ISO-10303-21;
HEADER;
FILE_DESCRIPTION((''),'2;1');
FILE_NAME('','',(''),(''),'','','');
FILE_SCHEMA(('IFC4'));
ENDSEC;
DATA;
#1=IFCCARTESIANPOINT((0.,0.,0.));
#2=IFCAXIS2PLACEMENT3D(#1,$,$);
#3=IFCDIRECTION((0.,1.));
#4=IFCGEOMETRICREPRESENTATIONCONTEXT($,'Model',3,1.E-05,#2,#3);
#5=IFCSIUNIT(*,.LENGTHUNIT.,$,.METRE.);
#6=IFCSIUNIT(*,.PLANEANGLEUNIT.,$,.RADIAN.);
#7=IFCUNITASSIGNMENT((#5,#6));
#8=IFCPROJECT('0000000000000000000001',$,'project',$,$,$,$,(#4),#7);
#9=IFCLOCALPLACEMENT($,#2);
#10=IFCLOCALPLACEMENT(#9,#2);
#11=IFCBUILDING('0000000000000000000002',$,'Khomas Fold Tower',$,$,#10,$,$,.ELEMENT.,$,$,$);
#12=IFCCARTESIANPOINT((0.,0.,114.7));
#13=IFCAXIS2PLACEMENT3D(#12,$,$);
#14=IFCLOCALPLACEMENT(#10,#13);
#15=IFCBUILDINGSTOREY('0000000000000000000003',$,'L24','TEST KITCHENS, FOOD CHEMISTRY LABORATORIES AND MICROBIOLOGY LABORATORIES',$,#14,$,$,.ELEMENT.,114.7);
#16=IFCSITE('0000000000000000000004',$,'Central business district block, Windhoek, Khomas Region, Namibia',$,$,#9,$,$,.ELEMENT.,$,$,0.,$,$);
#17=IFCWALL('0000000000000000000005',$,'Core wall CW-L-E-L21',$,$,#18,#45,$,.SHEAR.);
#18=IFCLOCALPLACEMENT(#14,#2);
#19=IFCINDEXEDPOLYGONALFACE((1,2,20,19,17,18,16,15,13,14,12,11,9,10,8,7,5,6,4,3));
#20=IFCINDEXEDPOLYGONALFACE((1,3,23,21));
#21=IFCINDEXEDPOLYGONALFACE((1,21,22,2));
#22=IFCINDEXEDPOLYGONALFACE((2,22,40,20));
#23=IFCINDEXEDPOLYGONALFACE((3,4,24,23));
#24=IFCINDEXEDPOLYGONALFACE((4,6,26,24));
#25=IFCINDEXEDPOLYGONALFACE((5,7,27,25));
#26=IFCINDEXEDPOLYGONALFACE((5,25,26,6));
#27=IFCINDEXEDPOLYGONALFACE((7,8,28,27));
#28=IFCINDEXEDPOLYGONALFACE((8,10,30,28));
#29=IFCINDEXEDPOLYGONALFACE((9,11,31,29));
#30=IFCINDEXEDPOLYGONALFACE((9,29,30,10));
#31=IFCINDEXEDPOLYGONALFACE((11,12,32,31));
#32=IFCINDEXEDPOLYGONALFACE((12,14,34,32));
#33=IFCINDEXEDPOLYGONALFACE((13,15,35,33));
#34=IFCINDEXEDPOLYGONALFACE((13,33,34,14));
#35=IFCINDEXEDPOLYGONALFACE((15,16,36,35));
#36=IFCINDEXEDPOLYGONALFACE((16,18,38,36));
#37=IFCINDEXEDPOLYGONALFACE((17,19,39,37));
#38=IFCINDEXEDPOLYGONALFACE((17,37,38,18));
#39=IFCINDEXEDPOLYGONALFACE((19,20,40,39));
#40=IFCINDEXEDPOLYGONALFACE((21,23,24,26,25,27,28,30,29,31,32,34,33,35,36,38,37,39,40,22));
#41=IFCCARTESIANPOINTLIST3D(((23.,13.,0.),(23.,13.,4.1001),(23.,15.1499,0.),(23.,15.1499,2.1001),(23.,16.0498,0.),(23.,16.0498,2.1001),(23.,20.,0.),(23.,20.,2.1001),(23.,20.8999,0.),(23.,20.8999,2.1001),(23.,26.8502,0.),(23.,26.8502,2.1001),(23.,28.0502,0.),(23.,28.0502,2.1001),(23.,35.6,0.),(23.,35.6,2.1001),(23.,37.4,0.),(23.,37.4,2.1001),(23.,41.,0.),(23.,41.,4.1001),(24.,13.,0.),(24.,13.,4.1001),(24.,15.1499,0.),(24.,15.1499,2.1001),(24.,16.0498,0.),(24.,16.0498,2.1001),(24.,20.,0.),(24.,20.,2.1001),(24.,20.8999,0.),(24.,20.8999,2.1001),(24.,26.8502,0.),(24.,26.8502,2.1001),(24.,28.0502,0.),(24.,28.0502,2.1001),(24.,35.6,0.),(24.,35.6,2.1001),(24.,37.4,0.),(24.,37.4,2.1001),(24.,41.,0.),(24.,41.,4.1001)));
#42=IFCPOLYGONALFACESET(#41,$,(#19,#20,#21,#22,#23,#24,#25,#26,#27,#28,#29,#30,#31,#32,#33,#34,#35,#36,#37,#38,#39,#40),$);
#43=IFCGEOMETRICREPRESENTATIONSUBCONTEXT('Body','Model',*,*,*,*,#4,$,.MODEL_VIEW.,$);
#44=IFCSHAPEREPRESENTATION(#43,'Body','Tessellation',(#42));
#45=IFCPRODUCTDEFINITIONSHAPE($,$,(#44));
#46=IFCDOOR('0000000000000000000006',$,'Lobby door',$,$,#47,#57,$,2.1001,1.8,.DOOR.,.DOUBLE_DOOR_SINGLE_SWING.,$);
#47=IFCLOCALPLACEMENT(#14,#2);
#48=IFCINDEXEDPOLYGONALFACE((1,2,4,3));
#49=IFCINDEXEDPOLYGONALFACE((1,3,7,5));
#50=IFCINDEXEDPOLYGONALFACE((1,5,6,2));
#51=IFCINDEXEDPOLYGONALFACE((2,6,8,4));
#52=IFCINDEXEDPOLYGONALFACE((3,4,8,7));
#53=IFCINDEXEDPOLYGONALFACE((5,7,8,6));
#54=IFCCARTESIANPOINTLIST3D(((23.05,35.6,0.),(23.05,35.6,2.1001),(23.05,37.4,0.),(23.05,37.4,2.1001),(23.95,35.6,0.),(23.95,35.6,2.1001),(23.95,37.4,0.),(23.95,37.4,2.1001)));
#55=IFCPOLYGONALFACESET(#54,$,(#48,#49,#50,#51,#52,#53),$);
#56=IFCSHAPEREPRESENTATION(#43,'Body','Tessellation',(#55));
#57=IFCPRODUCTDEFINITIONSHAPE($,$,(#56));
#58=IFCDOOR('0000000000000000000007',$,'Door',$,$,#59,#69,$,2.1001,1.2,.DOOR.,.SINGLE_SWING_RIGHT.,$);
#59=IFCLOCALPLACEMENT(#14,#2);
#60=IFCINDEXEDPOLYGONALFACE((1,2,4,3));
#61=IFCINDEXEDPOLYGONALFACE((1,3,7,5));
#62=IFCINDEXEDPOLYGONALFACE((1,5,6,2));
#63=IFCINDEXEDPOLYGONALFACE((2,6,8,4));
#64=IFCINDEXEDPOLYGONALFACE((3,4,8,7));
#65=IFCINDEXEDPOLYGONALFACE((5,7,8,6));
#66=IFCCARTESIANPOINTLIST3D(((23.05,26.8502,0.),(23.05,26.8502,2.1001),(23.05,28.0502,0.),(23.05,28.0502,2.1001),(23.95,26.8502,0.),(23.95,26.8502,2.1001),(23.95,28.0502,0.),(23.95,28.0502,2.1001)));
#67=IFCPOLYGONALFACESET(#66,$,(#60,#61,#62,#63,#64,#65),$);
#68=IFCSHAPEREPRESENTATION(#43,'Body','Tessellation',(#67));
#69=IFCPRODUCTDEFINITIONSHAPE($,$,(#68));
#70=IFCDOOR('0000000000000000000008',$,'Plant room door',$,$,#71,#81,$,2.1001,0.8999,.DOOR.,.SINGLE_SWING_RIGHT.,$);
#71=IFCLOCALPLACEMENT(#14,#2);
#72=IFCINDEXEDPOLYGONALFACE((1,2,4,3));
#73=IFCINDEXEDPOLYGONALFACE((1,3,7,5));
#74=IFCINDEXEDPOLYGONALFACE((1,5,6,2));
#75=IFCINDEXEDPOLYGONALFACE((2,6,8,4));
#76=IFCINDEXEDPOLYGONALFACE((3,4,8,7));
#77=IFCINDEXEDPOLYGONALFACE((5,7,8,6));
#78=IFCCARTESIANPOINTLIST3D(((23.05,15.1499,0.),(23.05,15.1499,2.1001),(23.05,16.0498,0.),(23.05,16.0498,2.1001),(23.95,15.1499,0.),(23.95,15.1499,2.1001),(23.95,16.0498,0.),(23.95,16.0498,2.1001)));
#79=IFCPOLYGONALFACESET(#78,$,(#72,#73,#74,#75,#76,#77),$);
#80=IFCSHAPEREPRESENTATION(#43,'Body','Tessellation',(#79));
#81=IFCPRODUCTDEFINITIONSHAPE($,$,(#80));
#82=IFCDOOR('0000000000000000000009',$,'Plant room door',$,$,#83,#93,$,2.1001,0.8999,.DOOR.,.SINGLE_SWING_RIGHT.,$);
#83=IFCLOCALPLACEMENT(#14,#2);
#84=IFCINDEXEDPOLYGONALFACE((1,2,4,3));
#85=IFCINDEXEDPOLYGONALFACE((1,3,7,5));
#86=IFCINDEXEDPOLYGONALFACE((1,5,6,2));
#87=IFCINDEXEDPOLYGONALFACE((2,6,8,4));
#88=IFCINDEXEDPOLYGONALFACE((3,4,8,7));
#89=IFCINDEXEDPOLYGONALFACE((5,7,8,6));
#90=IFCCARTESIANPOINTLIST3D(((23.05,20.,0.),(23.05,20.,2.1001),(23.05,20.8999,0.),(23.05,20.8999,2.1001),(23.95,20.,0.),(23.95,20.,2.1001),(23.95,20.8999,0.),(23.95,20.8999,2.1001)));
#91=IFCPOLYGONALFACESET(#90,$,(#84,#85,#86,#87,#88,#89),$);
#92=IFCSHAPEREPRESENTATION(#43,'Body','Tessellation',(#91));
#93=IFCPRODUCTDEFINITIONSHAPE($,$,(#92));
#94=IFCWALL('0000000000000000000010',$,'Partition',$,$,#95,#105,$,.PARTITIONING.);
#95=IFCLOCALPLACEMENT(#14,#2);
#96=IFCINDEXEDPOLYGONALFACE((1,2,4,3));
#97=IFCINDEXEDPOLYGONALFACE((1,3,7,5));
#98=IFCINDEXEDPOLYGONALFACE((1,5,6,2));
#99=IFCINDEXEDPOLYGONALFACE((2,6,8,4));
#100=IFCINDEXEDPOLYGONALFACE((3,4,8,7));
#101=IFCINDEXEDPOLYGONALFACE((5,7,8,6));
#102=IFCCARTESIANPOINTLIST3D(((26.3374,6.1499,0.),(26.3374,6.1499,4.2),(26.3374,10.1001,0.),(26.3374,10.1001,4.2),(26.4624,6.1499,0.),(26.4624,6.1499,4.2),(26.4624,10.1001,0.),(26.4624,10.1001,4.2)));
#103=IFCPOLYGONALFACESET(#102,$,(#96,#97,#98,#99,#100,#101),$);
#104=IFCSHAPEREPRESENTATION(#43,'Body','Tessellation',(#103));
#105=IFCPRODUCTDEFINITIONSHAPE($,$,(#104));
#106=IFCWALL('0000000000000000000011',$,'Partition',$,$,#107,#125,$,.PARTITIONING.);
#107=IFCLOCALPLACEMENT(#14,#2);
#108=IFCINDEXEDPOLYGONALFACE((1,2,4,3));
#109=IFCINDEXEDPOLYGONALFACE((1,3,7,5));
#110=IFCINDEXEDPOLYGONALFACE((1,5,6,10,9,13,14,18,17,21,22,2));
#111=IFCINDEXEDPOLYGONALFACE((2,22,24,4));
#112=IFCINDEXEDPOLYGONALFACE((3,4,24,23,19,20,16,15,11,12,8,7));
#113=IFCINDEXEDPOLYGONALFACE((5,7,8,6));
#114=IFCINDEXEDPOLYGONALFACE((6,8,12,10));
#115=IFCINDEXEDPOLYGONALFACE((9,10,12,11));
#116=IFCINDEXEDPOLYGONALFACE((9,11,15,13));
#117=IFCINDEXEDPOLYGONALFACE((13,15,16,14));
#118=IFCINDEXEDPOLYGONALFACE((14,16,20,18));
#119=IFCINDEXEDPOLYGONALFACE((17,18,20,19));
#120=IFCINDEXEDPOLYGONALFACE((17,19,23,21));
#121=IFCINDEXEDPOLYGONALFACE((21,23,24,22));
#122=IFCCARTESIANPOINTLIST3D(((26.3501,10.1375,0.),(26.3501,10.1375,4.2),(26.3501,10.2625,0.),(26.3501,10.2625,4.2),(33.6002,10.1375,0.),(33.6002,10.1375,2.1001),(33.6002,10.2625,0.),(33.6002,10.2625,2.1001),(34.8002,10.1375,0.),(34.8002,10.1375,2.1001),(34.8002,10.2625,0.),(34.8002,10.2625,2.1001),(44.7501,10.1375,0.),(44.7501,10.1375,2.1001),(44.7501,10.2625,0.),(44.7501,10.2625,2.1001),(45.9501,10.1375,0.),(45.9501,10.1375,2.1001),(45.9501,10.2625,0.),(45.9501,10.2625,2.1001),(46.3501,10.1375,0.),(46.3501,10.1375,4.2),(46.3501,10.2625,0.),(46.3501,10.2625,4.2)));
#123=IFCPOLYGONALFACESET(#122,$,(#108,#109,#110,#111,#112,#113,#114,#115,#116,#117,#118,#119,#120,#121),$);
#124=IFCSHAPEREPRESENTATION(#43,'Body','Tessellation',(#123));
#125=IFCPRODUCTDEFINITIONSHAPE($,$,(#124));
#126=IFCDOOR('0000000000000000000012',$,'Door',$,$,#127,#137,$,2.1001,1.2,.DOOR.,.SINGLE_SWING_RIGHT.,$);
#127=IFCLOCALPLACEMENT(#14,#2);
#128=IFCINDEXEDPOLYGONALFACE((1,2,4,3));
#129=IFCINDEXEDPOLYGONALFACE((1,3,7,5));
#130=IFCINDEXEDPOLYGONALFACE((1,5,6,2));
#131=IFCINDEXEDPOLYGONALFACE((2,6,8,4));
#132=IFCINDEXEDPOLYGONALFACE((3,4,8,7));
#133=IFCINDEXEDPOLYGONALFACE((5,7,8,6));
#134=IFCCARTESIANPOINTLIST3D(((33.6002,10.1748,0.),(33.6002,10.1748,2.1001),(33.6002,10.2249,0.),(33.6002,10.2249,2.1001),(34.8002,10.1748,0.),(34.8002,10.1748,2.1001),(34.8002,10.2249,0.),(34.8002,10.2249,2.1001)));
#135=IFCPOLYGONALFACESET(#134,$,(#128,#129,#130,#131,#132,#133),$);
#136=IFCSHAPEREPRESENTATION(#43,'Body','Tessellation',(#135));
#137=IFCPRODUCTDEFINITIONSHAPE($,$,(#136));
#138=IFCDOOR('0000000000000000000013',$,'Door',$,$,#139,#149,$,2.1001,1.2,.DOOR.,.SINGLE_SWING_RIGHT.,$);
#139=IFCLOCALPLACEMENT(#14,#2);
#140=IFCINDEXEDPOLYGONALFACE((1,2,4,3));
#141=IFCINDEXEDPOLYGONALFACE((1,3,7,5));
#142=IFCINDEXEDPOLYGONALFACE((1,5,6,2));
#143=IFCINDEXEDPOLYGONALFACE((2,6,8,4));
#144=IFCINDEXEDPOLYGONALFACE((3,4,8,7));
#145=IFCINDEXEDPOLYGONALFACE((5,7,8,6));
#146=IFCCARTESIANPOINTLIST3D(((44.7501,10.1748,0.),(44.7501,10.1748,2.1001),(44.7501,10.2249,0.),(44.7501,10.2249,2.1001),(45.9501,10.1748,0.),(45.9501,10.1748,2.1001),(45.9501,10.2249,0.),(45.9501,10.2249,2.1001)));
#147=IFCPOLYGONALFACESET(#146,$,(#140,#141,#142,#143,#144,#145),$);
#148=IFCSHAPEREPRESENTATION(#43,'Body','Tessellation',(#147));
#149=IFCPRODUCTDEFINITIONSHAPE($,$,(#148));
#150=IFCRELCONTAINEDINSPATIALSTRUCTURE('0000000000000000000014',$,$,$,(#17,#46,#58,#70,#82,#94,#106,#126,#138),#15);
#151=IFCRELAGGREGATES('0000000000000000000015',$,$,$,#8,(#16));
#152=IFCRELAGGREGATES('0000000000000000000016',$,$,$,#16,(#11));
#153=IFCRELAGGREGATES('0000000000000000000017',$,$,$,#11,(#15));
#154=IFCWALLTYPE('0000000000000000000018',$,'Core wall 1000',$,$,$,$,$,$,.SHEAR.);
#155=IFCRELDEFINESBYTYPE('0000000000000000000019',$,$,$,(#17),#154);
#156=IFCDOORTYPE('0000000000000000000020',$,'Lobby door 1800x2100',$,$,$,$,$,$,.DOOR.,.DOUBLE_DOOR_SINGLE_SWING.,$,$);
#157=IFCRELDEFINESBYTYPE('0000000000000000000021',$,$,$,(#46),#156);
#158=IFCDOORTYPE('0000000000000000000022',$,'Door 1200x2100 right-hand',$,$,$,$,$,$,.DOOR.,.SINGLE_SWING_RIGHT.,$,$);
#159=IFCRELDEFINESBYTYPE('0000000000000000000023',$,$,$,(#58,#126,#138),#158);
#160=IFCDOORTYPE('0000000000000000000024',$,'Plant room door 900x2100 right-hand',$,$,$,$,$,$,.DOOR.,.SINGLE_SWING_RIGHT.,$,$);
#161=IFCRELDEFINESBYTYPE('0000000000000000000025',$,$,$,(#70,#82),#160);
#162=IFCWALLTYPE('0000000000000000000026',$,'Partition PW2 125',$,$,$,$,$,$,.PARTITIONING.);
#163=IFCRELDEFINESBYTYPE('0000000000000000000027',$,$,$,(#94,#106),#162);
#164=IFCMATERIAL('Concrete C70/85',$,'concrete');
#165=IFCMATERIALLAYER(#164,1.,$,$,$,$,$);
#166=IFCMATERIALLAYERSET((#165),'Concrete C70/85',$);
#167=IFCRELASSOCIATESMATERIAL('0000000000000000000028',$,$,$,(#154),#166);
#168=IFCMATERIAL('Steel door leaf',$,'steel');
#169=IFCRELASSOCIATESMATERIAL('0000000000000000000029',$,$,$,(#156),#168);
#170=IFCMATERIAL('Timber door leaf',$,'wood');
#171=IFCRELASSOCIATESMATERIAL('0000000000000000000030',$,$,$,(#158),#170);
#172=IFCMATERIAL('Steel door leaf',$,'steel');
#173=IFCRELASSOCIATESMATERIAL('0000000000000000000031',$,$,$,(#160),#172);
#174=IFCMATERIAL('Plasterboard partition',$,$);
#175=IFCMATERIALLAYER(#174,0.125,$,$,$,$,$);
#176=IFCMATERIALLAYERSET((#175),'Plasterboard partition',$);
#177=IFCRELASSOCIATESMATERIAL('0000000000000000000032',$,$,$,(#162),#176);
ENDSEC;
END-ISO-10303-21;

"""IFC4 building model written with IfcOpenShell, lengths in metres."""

from ifc_helpers import new_model, si_unit, direction, frame, frame_2d, origin, place, context, subcontext, project, spatial, rectangle, extrude, source, transform, mapped, material, layer, layer_set, type_object, element, fill, save


model = new_model("IFC4")

# Units and contexts
model_context = context("Model", 3, precision=1e-05, world=origin(), true_north=direction((0.0, 1.0)))
body_context = subcontext(model_context, "Body", "Model", "MODEL_VIEW")
ifc_project = project(units=[si_unit("LENGTHUNIT", "METRE"), si_unit("PLANEANGLEUNIT", "RADIAN")], contexts=[model_context])

# Site, building, storey
site_placement = place(None, origin())
site = spatial("IfcSite", under=ifc_project, at=site_placement, Name="Central business district block, Windhoek, Khomas Region, Namibia", CompositionType="ELEMENT", RefElevation=0.0)
building_placement = place(site_placement, origin())
building = spatial("IfcBuilding", under=site, at=building_placement, Name="Khomas Fold Tower", CompositionType="ELEMENT")
storey_placement = place(building_placement, frame((0.0, 0.0, 114.7)))
storey = spatial("IfcBuildingStorey", under=building, at=storey_placement, Name="L24", Description="TEST KITCHENS, FOOD CHEMISTRY LABORATORIES AND MICROBIOLOGY LABORATORIES", CompositionType="ELEMENT", Elevation=114.7)

# Wall, openings, doors
ifc_material_1 = material(Name="Concrete C70/85", Category="concrete")
ifc_layer_1 = layer(ifc_material_1, 1.0)
ifc_layer_set_1 = layer_set([ifc_layer_1], Name="Concrete C70/85")
wall_type_1 = type_object("IfcWallType", Name="Core wall 1000", PredefinedType="SHEAR", material=ifc_layer_set_1)
shared_shape_1 = source(origin(), body_context, "Body", "SweptSolid", [
    extrude(rectangle(XDim=28.0, YDim=1.0, at=frame_2d((14.0, 0.0))), origin(), (0.0, 0.0, 1.0), 4.1001),
])
wall_1_placement = place(storey_placement, frame((23.5, 13.0, 0.0), z_axis=(0.0, 0.0, 1.0), x_axis=(0.0, 1.0, 0.0)))
wall_1 = element("IfcWall", 1, at=wall_1_placement, inside=storey, type_object=wall_type_1, Name="Core wall CW-L-E-L21", PredefinedType="SHEAR", context=body_context, shape_type="MappedRepresentation", body=[
    mapped(shared_shape_1, transform((0.0, 0.0, 0.0))),
])
shared_shape_2 = source(origin(), body_context, "Body", "SweptSolid", [
    extrude(rectangle(XDim=1.8, YDim=2.1001, at=frame_2d((0.8999, 1.05))), frame((0.0, 0.51, 0.0), z_axis=(0.0, -1.0, 0.0), x_axis=(1.0, 0.0, 0.0)), (0.0, 0.0, 1.0), 1.02),
])
opening_1_placement = place(wall_1_placement, frame((22.6001, 0.0, 0.0)))
opening_1 = element("IfcOpeningElement", 2, at=opening_1_placement, cuts=wall_1, PredefinedType="OPENING", context=body_context, shape_type="MappedRepresentation", body=[
    mapped(shared_shape_2, transform((0.0, 0.0, 0.0))),
])
shared_shape_3 = source(origin(), body_context, "Body", "SweptSolid", [
    extrude(rectangle(XDim=1.2, YDim=2.1001, at=frame_2d((0.6001, 1.05))), frame((0.0, 0.51, 0.0), z_axis=(0.0, -1.0, 0.0), x_axis=(1.0, 0.0, 0.0)), (0.0, 0.0, 1.0), 1.02),
])
opening_2_placement = place(wall_1_placement, frame((13.8501, 0.0, 0.0)))
opening_2 = element("IfcOpeningElement", 3, at=opening_2_placement, cuts=wall_1, PredefinedType="OPENING", context=body_context, shape_type="MappedRepresentation", body=[
    mapped(shared_shape_3, transform((0.0, 0.0, 0.0))),
])
shared_shape_4 = source(origin(), body_context, "Body", "SweptSolid", [
    extrude(rectangle(XDim=0.8999, YDim=2.1001, at=frame_2d((0.45, 1.05))), frame((0.0, 0.51, 0.0), z_axis=(0.0, -1.0, 0.0), x_axis=(1.0, 0.0, 0.0)), (0.0, 0.0, 1.0), 1.02),
])
opening_3_placement = place(wall_1_placement, frame((2.1499, 0.0, 0.0)))
opening_3 = element("IfcOpeningElement", 4, at=opening_3_placement, cuts=wall_1, PredefinedType="OPENING", context=body_context, shape_type="MappedRepresentation", body=[
    mapped(shared_shape_4, transform((0.0, 0.0, 0.0))),
])
opening_4_placement = place(wall_1_placement, frame((7.0, 0.0, 0.0)))
opening_4 = element("IfcOpeningElement", 5, at=opening_4_placement, cuts=wall_1, PredefinedType="OPENING", context=body_context, shape_type="MappedRepresentation", body=[
    mapped(shared_shape_4, transform((0.0, 0.0, 0.0))),
])
ifc_material_2 = material(Name="Steel door leaf", Category="steel")
door_type_1 = type_object("IfcDoorType", Name="Lobby door 1800x2100", OperationType="DOUBLE_DOOR_SINGLE_SWING", PredefinedType="DOOR", material=ifc_material_2)
shared_shape_5 = source(origin(), body_context, "Body", "SweptSolid", [
    extrude(rectangle(XDim=1.8, YDim=2.1001, at=frame_2d((0.8999, 1.05))), frame((0.0, 0.45, 0.0), z_axis=(0.0, -1.0, 0.0), x_axis=(1.0, 0.0, 0.0)), (0.0, 0.0, 1.0), 0.8999),
])
door_1_placement = place(opening_1_placement, origin())
door_1 = element("IfcDoor", 6, at=door_1_placement, inside=storey, type_object=door_type_1, Name="Lobby door", OperationType="DOUBLE_DOOR_SINGLE_SWING", OverallHeight=2.1001, OverallWidth=1.8, PredefinedType="DOOR", context=body_context, shape_type="MappedRepresentation", body=[
    mapped(shared_shape_5, transform((0.0, 0.0, 0.0))),
])
fill(opening_1, door_1)
ifc_material_3 = material(Name="Timber door leaf", Category="wood")
door_type_2 = type_object("IfcDoorType", Name="Door 1200x2100 right-hand", OperationType="SINGLE_SWING_RIGHT", PredefinedType="DOOR", material=ifc_material_3)
shared_shape_6 = source(origin(), body_context, "Body", "SweptSolid", [
    extrude(rectangle(XDim=1.2, YDim=2.1001, at=frame_2d((0.6001, 1.05))), frame((0.0, 0.45, 0.0), z_axis=(0.0, -1.0, 0.0), x_axis=(1.0, 0.0, 0.0)), (0.0, 0.0, 1.0), 0.8999),
])
door_2_placement = place(opening_2_placement, origin())
door_2 = element("IfcDoor", 7, at=door_2_placement, inside=storey, type_object=door_type_2, Name="Door", OperationType="SINGLE_SWING_RIGHT", OverallHeight=2.1001, OverallWidth=1.2, PredefinedType="DOOR", context=body_context, shape_type="MappedRepresentation", body=[
    mapped(shared_shape_6, transform((0.0, 0.0, 0.0))),
])
fill(opening_2, door_2)
ifc_material_4 = material(Name="Steel door leaf", Category="steel")
door_type_3 = type_object("IfcDoorType", Name="Plant room door 900x2100 right-hand", OperationType="SINGLE_SWING_RIGHT", PredefinedType="DOOR", material=ifc_material_4)
shared_shape_7 = source(origin(), body_context, "Body", "SweptSolid", [
    extrude(rectangle(XDim=0.8999, YDim=2.1001, at=frame_2d((0.45, 1.05))), frame((0.0, 0.45, 0.0), z_axis=(0.0, -1.0, 0.0), x_axis=(1.0, 0.0, 0.0)), (0.0, 0.0, 1.0), 0.8999),
])
door_3_placement = place(opening_3_placement, origin())
door_3 = element("IfcDoor", 8, at=door_3_placement, inside=storey, type_object=door_type_3, Name="Plant room door", OperationType="SINGLE_SWING_RIGHT", OverallHeight=2.1001, OverallWidth=0.8999, PredefinedType="DOOR", context=body_context, shape_type="MappedRepresentation", body=[
    mapped(shared_shape_7, transform((0.0, 0.0, 0.0))),
])
fill(opening_3, door_3)
door_4_placement = place(opening_4_placement, origin())
door_4 = element("IfcDoor", 9, at=door_4_placement, inside=storey, type_object=door_type_3, Name="Plant room door", OperationType="SINGLE_SWING_RIGHT", OverallHeight=2.1001, OverallWidth=0.8999, PredefinedType="DOOR", context=body_context, shape_type="MappedRepresentation", body=[
    mapped(shared_shape_7, transform((0.0, 0.0, 0.0))),
])
fill(opening_4, door_4)

# Wall
ifc_material_5 = material(Name="Plasterboard partition")
ifc_layer_2 = layer(ifc_material_5, 0.125)
ifc_layer_set_2 = layer_set([ifc_layer_2], Name="Plasterboard partition")
wall_type_2 = type_object("IfcWallType", Name="Partition PW2 125", PredefinedType="PARTITIONING", material=ifc_layer_set_2)
shared_shape_8 = source(origin(), body_context, "Body", "SweptSolid", [
    extrude(rectangle(XDim=3.9502, YDim=0.125, at=frame_2d((1.9751, 0.0))), origin(), (0.0, 0.0, 1.0), 4.2),
])
wall_2_placement = place(storey_placement, frame((26.3999, 6.1499, 0.0), z_axis=(0.0, 0.0, 1.0), x_axis=(0.0, 1.0, 0.0)))
element("IfcWall", 10, at=wall_2_placement, inside=storey, type_object=wall_type_2, Name="Partition", PredefinedType="PARTITIONING", context=body_context, shape_type="MappedRepresentation", body=[
    mapped(shared_shape_8, transform((0.0, 0.0, 0.0))),
])

# Wall, openings, doors
shared_shape_9 = source(origin(), body_context, "Body", "SweptSolid", [
    extrude(rectangle(XDim=20.0, YDim=0.125, at=frame_2d((10.0, 0.0))), origin(), (0.0, 0.0, 1.0), 4.2),
])
wall_3_placement = place(storey_placement, frame((26.3501, 10.2, 0.0), z_axis=(0.0, 0.0, 1.0), x_axis=(1.0, 0.0, 0.0)))
wall_3 = element("IfcWall", 11, at=wall_3_placement, inside=storey, type_object=wall_type_2, Name="Partition", PredefinedType="PARTITIONING", context=body_context, shape_type="MappedRepresentation", body=[
    mapped(shared_shape_9, transform((0.0, 0.0, 0.0))),
])
shared_shape_10 = source(origin(), body_context, "Body", "SweptSolid", [
    extrude(rectangle(XDim=1.2, YDim=2.1001, at=frame_2d((0.6001, 1.05))), frame((0.0, 0.0725, 0.0), z_axis=(0.0, -1.0, 0.0), x_axis=(1.0, 0.0, 0.0)), (0.0, 0.0, 1.0), 0.145),
])
opening_5_placement = place(wall_3_placement, frame((7.25, 0.0, 0.0)))
opening_5 = element("IfcOpeningElement", 12, at=opening_5_placement, cuts=wall_3, PredefinedType="OPENING", context=body_context, shape_type="MappedRepresentation", body=[
    mapped(shared_shape_10, transform((0.0, 0.0, 0.0))),
])
opening_6_placement = place(wall_3_placement, frame((18.3999, 0.0, 0.0)))
opening_6 = element("IfcOpeningElement", 13, at=opening_6_placement, cuts=wall_3, PredefinedType="OPENING", context=body_context, shape_type="MappedRepresentation", body=[
    mapped(shared_shape_10, transform((0.0, 0.0, 0.0))),
])
shared_shape_11 = source(origin(), body_context, "Body", "SweptSolid", [
    extrude(rectangle(XDim=1.2, YDim=2.1001, at=frame_2d((0.6001, 1.05))), frame((0.0, 0.0249, 0.0), z_axis=(0.0, -1.0, 0.0), x_axis=(1.0, 0.0, 0.0)), (0.0, 0.0, 1.0), 0.05),
])
door_5_placement = place(opening_5_placement, origin())
door_5 = element("IfcDoor", 14, at=door_5_placement, inside=storey, type_object=door_type_2, Name="Door", OperationType="SINGLE_SWING_RIGHT", OverallHeight=2.1001, OverallWidth=1.2, PredefinedType="DOOR", context=body_context, shape_type="MappedRepresentation", body=[
    mapped(shared_shape_11, transform((0.0, 0.0, 0.0))),
])
fill(opening_5, door_5)
door_6_placement = place(opening_6_placement, origin())
door_6 = element("IfcDoor", 15, at=door_6_placement, inside=storey, type_object=door_type_2, Name="Door", OperationType="SINGLE_SWING_RIGHT", OverallHeight=2.1001, OverallWidth=1.2, PredefinedType="DOOR", context=body_context, shape_type="MappedRepresentation", body=[
    mapped(shared_shape_11, transform((0.0, 0.0, 0.0))),
])
fill(opening_6, door_6)

save(model, "model.ifc")
